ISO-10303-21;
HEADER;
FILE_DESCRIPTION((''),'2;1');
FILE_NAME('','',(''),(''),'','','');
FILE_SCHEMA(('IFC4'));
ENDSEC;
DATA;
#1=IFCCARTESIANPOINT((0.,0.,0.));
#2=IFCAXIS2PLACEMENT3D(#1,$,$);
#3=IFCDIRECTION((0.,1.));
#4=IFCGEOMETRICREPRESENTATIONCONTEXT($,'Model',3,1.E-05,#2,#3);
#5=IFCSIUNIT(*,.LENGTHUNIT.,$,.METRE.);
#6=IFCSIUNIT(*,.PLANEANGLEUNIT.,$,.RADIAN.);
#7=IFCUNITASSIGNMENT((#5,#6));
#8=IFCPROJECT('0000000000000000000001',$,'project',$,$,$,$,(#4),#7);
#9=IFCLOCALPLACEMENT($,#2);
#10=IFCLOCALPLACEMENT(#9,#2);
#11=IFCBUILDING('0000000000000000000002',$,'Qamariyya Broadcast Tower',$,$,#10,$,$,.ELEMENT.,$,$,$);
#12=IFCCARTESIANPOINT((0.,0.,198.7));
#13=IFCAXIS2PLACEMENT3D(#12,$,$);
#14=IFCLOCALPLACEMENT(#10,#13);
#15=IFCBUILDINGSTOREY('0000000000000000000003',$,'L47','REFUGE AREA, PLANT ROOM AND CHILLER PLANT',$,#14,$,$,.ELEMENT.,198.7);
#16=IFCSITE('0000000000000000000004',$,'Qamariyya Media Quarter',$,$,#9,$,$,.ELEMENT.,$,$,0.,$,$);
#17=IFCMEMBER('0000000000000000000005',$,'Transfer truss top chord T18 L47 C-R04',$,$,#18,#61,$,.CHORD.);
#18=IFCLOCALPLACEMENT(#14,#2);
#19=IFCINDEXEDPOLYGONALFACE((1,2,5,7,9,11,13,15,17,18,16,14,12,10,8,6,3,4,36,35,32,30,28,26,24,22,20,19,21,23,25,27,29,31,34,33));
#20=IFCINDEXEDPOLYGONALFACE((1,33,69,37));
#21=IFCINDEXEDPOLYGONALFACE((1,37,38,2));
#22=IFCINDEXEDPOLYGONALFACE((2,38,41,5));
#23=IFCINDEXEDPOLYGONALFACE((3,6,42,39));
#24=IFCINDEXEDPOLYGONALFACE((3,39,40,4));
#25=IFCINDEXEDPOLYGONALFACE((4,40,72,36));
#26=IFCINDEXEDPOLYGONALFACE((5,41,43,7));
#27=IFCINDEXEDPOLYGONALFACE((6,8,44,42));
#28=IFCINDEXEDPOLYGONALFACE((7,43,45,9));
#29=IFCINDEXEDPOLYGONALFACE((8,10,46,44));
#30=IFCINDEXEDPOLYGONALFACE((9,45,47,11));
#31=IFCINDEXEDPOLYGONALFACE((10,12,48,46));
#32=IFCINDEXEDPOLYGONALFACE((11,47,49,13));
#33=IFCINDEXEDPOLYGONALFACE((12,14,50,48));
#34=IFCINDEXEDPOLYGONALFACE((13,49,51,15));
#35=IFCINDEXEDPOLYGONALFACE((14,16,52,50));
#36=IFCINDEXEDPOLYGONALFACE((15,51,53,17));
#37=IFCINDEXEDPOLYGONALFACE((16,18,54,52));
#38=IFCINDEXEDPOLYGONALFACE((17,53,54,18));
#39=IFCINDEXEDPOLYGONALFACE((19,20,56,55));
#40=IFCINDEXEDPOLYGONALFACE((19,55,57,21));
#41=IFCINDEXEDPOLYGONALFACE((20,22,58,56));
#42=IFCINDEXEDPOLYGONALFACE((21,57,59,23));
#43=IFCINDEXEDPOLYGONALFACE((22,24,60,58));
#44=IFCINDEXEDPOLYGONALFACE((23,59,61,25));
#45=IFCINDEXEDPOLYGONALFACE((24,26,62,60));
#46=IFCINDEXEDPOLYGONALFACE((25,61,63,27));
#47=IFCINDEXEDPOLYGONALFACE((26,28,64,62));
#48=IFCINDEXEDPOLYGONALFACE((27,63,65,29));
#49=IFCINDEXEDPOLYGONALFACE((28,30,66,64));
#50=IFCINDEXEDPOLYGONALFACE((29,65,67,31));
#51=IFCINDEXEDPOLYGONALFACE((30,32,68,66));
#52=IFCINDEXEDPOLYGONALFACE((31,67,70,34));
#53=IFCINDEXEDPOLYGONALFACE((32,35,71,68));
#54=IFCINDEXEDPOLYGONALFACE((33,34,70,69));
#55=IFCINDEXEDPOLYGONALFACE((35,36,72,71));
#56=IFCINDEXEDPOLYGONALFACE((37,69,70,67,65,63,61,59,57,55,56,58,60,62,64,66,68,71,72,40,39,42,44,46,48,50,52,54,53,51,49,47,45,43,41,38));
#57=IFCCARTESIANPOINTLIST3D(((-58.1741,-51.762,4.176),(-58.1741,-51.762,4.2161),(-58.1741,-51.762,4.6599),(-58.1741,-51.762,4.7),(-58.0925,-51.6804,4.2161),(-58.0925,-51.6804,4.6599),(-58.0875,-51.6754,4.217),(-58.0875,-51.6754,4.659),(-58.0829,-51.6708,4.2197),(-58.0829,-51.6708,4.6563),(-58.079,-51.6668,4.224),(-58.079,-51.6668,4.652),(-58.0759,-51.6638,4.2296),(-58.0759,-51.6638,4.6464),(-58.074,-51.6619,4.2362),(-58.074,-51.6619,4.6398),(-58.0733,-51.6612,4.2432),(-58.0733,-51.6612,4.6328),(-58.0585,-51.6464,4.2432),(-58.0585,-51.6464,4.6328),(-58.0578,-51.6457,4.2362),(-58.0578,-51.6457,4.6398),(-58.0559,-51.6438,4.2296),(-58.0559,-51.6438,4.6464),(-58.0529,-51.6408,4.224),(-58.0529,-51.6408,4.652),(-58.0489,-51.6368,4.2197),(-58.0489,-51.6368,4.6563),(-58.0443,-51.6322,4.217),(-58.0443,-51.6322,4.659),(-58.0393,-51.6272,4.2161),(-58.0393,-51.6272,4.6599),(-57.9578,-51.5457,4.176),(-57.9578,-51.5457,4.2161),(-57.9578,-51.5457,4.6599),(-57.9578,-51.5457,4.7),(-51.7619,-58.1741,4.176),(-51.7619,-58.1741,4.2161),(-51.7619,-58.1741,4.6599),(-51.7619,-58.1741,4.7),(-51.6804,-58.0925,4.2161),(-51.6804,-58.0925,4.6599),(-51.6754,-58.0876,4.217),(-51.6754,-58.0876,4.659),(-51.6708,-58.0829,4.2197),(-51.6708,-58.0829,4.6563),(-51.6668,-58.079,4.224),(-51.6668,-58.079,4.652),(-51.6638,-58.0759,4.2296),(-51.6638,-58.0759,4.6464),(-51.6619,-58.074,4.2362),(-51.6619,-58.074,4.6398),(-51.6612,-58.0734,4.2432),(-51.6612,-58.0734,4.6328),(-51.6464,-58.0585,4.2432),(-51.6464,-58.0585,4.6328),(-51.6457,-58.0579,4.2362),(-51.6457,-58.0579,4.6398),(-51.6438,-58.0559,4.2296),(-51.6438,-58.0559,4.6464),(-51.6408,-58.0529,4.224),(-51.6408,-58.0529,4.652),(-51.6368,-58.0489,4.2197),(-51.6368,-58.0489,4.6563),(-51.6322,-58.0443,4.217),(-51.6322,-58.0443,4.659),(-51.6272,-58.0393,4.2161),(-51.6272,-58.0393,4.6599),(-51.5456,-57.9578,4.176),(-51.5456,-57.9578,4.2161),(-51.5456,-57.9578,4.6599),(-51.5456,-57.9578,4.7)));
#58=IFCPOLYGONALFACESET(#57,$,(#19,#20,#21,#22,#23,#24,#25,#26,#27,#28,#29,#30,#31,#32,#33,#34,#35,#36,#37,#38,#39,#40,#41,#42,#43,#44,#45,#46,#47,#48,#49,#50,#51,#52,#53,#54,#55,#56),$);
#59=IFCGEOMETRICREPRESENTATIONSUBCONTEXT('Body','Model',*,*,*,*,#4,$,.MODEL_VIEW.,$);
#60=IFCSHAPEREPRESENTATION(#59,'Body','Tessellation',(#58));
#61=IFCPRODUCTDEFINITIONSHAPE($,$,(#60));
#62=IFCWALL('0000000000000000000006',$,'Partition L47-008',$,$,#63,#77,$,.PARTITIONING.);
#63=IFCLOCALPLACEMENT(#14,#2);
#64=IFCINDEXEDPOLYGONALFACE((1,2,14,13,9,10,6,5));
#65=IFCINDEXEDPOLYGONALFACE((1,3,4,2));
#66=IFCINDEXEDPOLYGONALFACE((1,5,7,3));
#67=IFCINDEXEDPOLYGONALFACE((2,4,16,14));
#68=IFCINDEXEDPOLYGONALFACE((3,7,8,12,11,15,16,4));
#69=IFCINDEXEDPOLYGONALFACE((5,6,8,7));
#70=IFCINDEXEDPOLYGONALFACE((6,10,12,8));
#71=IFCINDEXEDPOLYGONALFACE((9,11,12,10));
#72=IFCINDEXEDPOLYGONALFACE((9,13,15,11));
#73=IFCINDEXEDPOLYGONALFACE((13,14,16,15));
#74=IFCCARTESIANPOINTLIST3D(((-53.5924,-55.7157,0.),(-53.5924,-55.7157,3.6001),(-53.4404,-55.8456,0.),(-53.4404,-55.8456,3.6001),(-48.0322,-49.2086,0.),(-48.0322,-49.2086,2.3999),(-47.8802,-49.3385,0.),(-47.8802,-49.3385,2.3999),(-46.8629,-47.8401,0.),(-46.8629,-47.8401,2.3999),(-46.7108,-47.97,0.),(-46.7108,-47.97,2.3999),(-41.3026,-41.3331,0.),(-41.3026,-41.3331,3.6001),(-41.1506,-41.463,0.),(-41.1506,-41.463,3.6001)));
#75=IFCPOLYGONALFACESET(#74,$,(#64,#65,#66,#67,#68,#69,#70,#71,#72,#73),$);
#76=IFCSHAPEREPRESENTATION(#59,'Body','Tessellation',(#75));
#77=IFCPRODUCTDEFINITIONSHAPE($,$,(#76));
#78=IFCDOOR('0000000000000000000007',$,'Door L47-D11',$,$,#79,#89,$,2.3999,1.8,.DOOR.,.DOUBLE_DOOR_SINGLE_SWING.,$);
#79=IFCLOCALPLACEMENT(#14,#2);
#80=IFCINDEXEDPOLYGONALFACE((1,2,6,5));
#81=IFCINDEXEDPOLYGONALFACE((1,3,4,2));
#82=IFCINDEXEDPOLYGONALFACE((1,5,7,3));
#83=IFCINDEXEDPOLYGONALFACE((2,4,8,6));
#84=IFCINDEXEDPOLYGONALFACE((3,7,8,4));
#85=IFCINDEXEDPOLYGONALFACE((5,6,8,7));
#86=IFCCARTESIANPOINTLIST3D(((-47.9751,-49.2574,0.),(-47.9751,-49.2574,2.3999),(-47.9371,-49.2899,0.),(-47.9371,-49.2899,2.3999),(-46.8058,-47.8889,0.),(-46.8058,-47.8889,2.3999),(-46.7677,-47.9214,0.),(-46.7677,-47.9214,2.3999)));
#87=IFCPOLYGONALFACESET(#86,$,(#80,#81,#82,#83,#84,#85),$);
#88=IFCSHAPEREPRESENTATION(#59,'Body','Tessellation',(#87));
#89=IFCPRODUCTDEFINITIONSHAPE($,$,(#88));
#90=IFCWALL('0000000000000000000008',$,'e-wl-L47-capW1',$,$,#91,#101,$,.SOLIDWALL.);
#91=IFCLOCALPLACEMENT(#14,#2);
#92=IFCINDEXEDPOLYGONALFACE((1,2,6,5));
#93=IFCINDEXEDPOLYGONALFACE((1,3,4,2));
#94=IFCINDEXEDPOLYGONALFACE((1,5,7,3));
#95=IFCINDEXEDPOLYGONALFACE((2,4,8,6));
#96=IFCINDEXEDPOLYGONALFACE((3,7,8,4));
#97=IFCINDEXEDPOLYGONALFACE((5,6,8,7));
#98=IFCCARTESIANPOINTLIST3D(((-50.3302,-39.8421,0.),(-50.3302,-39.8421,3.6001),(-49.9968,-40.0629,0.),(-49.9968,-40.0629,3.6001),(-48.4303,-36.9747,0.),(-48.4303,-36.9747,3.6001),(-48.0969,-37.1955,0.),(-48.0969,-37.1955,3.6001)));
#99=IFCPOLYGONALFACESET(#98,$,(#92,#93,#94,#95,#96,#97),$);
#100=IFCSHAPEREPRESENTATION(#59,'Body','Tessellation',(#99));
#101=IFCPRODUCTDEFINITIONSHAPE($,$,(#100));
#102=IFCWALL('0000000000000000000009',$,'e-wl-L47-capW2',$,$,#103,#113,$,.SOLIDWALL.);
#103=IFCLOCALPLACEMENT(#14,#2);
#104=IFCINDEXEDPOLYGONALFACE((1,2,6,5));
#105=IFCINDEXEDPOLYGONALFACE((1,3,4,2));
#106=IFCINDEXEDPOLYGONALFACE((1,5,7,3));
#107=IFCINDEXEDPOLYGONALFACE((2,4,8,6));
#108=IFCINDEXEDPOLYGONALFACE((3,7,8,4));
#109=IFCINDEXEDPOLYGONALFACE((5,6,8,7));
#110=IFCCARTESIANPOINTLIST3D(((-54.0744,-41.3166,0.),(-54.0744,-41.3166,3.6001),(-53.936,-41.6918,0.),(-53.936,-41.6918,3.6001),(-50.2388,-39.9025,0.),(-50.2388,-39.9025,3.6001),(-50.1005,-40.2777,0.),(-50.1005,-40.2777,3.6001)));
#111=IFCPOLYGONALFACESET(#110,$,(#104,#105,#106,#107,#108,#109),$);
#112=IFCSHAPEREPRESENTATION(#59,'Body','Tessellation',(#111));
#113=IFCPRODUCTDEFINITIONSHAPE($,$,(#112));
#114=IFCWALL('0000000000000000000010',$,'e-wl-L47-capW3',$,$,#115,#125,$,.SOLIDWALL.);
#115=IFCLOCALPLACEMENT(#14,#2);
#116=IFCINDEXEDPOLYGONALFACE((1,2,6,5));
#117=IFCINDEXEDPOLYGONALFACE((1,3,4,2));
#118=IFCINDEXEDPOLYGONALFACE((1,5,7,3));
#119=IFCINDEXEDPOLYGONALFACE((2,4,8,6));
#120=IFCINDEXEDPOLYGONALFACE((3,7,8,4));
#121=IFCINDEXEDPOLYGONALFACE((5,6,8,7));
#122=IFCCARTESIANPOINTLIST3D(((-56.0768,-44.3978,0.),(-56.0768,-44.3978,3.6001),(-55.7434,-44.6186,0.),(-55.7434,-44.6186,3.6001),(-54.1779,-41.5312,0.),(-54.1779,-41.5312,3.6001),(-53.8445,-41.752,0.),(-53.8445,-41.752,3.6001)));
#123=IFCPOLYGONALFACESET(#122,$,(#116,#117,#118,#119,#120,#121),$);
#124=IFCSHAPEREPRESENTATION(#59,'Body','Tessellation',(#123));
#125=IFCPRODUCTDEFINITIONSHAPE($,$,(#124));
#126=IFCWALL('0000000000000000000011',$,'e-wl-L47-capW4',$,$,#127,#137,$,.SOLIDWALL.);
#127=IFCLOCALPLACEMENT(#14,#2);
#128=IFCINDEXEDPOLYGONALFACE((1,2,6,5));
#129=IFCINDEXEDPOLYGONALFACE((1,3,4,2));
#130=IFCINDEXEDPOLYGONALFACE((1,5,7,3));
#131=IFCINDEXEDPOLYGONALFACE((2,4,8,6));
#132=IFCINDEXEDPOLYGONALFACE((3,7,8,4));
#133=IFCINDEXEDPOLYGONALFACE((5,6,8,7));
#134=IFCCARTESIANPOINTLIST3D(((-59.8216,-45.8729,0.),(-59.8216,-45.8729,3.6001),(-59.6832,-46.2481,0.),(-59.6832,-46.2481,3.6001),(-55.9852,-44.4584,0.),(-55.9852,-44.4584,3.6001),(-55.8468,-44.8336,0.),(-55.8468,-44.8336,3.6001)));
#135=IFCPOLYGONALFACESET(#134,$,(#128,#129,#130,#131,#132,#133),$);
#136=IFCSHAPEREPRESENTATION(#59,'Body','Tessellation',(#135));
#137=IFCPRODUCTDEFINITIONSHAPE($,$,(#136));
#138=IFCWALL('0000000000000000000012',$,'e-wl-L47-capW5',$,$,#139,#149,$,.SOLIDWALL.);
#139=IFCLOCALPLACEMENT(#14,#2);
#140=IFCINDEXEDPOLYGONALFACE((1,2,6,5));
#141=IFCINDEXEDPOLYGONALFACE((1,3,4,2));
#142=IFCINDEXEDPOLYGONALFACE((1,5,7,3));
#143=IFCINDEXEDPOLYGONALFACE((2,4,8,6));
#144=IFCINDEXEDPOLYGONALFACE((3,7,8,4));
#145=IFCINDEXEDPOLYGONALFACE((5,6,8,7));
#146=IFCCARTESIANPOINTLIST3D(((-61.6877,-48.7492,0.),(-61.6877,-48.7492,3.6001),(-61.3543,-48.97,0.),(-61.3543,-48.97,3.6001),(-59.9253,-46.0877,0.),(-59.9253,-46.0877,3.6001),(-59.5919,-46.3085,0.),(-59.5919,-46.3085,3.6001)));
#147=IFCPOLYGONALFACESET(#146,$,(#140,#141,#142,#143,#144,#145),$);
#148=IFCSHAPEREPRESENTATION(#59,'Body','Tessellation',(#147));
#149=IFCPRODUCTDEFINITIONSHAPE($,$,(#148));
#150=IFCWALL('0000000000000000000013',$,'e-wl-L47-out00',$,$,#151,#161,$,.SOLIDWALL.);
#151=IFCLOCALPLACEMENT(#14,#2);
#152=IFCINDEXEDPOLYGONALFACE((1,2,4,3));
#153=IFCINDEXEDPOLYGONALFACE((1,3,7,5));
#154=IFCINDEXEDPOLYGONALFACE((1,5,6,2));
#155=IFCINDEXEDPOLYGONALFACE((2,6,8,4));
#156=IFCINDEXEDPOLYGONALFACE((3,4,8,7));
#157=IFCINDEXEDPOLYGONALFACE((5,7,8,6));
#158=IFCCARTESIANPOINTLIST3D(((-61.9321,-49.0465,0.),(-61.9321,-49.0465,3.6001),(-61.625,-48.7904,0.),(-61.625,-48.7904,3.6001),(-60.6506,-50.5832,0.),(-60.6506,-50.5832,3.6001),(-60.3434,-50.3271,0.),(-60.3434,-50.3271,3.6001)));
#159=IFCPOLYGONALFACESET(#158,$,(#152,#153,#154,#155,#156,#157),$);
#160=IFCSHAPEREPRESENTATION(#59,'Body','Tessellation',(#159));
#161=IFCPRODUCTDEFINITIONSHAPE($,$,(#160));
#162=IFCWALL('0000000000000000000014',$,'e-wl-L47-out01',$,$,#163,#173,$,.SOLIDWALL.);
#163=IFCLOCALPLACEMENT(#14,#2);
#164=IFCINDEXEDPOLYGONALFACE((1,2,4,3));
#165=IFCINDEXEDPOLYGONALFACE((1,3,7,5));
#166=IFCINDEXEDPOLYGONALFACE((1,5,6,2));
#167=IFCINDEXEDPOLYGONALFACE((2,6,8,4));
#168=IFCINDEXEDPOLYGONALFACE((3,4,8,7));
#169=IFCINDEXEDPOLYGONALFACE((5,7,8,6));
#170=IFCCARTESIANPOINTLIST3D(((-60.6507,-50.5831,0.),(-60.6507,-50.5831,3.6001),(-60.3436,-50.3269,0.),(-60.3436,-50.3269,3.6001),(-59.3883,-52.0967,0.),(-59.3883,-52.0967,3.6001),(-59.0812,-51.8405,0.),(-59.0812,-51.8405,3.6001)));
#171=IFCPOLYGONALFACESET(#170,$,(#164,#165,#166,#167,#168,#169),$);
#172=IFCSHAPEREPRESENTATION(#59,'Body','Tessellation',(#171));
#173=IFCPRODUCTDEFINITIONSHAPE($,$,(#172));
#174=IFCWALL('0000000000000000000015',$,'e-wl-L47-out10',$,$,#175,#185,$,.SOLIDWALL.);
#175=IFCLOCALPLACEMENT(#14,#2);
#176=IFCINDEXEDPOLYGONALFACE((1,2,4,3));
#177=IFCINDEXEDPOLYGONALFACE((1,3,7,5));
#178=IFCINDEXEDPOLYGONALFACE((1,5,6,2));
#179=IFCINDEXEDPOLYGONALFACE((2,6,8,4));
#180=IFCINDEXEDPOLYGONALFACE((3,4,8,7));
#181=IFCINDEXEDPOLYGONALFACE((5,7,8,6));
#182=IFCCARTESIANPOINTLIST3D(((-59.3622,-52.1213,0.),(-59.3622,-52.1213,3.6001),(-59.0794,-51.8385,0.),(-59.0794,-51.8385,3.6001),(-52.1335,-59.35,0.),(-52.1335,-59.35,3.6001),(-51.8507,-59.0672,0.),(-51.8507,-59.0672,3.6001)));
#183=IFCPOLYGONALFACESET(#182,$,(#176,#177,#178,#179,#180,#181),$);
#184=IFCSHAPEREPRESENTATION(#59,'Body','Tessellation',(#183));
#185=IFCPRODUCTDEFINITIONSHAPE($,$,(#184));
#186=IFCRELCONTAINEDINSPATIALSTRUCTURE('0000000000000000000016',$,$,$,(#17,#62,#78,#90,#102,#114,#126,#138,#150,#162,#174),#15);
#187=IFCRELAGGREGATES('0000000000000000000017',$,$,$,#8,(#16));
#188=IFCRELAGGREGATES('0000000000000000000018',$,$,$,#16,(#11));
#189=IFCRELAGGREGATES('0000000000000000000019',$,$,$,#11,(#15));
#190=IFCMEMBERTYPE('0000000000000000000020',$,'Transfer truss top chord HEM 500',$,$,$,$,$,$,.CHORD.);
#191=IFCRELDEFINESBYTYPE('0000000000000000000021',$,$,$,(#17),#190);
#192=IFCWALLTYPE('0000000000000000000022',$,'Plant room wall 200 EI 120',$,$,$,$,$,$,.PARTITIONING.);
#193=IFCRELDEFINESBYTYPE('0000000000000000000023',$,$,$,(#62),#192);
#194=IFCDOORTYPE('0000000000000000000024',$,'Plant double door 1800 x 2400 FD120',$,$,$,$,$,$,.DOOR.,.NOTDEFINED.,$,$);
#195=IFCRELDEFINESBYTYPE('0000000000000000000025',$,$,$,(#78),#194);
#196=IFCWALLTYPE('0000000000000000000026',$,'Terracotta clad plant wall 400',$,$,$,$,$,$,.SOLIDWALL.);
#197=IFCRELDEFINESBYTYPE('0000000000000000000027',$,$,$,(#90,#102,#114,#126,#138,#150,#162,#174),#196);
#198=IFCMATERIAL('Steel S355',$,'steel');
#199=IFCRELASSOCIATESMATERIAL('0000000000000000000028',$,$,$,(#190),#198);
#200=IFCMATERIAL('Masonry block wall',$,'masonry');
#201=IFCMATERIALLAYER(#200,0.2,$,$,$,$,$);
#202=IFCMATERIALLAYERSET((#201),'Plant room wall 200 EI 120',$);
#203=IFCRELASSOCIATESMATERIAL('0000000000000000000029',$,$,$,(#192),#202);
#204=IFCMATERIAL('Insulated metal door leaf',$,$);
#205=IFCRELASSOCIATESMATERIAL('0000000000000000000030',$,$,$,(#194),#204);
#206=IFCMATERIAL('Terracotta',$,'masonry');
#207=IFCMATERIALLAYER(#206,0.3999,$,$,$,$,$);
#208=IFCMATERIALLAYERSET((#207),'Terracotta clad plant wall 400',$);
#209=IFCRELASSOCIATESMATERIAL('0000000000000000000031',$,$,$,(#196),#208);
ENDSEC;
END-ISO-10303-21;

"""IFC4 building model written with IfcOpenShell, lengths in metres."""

from ifc_helpers import new_model, si_unit, direction, frame, frame_2d, origin, origin_2d, place, context, subcontext, project, spatial, rectangle, i_section, extrude, material, layer, layer_set, material_profile, profile_set, type_object, element, fill, save


model = new_model("IFC4")

# Units and contexts
model_context = context("Model", 3, precision=1e-05, world=origin(), true_north=direction((0.0, 1.0)))
body_context = subcontext(model_context, "Body", "Model", "MODEL_VIEW")
ifc_project = project(units=[si_unit("LENGTHUNIT", "METRE"), si_unit("PLANEANGLEUNIT", "RADIAN")], contexts=[model_context])

# Site, building, storey
site_placement = place(None, origin())
site = spatial("IfcSite", under=ifc_project, at=site_placement, Name="Qamariyya Media Quarter", CompositionType="ELEMENT", RefElevation=0.0)
building_placement = place(site_placement, origin())
building = spatial("IfcBuilding", under=site, at=building_placement, Name="Qamariyya Broadcast Tower", CompositionType="ELEMENT")
storey_placement = place(building_placement, frame((0.0, 0.0, 198.7)))
storey = spatial("IfcBuildingStorey", under=building, at=storey_placement, Name="L47", Description="REFUGE AREA, PLANT ROOM AND CHILLER PLANT", CompositionType="ELEMENT", Elevation=198.7)

# Member
ifc_material_1 = material(Name="Steel S355", Category="steel")
ifc_material_profile_1 = material_profile(ifc_material_1, i_section(OverallWidth=0.3059, OverallDepth=0.5239, WebThickness=0.021, FlangeThickness=0.04, FilletRadius=0.0271, at=origin_2d()))
ifc_profile_set_1 = profile_set([ifc_material_profile_1], Name="Steel S355")
member_type_1 = type_object("IfcMemberType", Name="Transfer truss top chord HEM 500", PredefinedType="CHORD", material=ifc_profile_set_1)
member_1_placement = place(storey_placement, frame((-58.0659, -51.6538, 4.438), z_axis=(0.707107, -0.707107, 0.0), x_axis=(0.707107, 0.707107, 0.0)))
element("IfcMember", 1, at=member_1_placement, inside=storey, type_object=member_type_1, Name="Transfer truss top chord T18 L47 C-R04", PredefinedType="CHORD", context=body_context, shape_type="SweptSolid", body=[
    extrude(i_section(OverallWidth=0.3059, OverallDepth=0.5239, WebThickness=0.021, FlangeThickness=0.04, FilletRadius=0.0271, at=origin_2d()), origin(), (0.0, 0.0, 1.0), 9.0681),
])

# Wall, opening, door
ifc_material_2 = material(Name="Masonry block wall", Category="masonry")
ifc_layer_1 = layer(ifc_material_2, 0.2)
ifc_layer_set_1 = layer_set([ifc_layer_1], Name="Plant room wall 200 EI 120")
wall_type_1 = type_object("IfcWallType", Name="Plant room wall 200 EI 120", PredefinedType="PARTITIONING", material=ifc_layer_set_1)
wall_1_placement = place(storey_placement, frame((-53.5164, -55.7805, 0.0), z_axis=(0.0, 0.0, 1.0), x_axis=(0.649629, 0.760251, 0.0)))
wall_1 = element("IfcWall", 2, at=wall_1_placement, inside=storey, type_object=wall_type_1, Name="Partition L47-008", PredefinedType="PARTITIONING", context=body_context, shape_type="SweptSolid", body=[
    extrude(rectangle(XDim=18.9182, YDim=0.2, at=frame_2d((9.459, 0.0))), origin(), (0.0, 0.0, 1.0), 3.6001),
])
opening_placement = place(wall_1_placement, frame((8.5591, 0.0, 0.0)))
opening = element("IfcOpeningElement", 3, at=opening_placement, cuts=wall_1, PredefinedType="OPENING", context=body_context, shape_type="SweptSolid", body=[
    extrude(rectangle(XDim=1.8, YDim=2.3999, at=frame_2d((0.8999, 1.2))), frame((0.0, 0.1099, 0.0), z_axis=(0.0, -1.0, 0.0), x_axis=(1.0, 0.0, 0.0)), (0.0, 0.0, 1.0), 0.22),
])
ifc_material_3 = material(Name="Insulated metal door leaf")
door_type = type_object("IfcDoorType", Name="Plant double door 1800 x 2400 FD120", OperationType="NOTDEFINED", PredefinedType="DOOR", material=ifc_material_3)
door_placement = place(opening_placement, origin())
door = element("IfcDoor", 4, at=door_placement, inside=storey, type_object=door_type, Name="Door L47-D11", OperationType="DOUBLE_DOOR_SINGLE_SWING", OverallHeight=2.3999, OverallWidth=1.8, PredefinedType="DOOR", context=body_context, shape_type="SweptSolid", body=[
    extrude(rectangle(XDim=1.8, YDim=2.3999, at=frame_2d((0.8999, 1.2))), frame((0.0, 0.0249, 0.0), z_axis=(0.0, -1.0, 0.0), x_axis=(1.0, 0.0, 0.0)), (0.0, 0.0, 1.0), 0.05),
])
fill(opening, door)

# Walls
ifc_material_4 = material(Name="Terracotta", Category="masonry")
ifc_layer_2 = layer(ifc_material_4, 0.3999)
ifc_layer_set_2 = layer_set([ifc_layer_2], Name="Terracotta clad plant wall 400")
wall_type_2 = type_object("IfcWallType", Name="Terracotta clad plant wall 400", PredefinedType="SOLIDWALL", material=ifc_layer_set_2)
wall_2_placement = place(storey_placement, frame((-48.2637, -37.0852, 0.0), z_axis=(0.0, 0.0, 1.0), x_axis=(-0.552339, -0.833619, 0.0)))
element("IfcWall", 5, at=wall_2_placement, inside=storey, type_object=wall_type_2, Name="e-wl-L47-capW1", PredefinedType="SOLIDWALL", context=body_context, shape_type="SweptSolid", body=[
    extrude(rectangle(XDim=3.4397, YDim=0.3999, at=frame_2d((1.7197, 0.0))), origin(), (0.0, 0.0, 1.0), 3.6001),
])
wall_3_placement = place(storey_placement, frame((-50.1697, -40.0901, 0.0), z_axis=(0.0, 0.0, 1.0), x_axis=(-0.938264, -0.345921, 0.0)))
element("IfcWall", 6, at=wall_3_placement, inside=storey, type_object=wall_type_2, Name="e-wl-L47-capW2", PredefinedType="SOLIDWALL", context=body_context, shape_type="SweptSolid", body=[
    extrude(rectangle(XDim=4.0879, YDim=0.3999, at=frame_2d((2.0439, 0.0))), origin(), (0.0, 0.0, 1.0), 3.6001),
])
wall_4_placement = place(storey_placement, frame((-54.0112, -41.6416, 0.0), z_axis=(0.0, 0.0, 1.0), x_axis=(-0.55224, -0.833685, 0.0)))
element("IfcWall", 7, at=wall_4_placement, inside=storey, type_object=wall_type_2, Name="e-wl-L47-capW3", PredefinedType="SOLIDWALL", context=body_context, shape_type="SweptSolid", body=[
    extrude(rectangle(XDim=3.4385, YDim=0.3999, at=frame_2d((1.7192, 0.0))), origin(), (0.0, 0.0, 1.0), 3.6001),
])
wall_5_placement = place(storey_placement, frame((-55.916, -44.646, 0.0), z_axis=(0.0, 0.0, 1.0), x_axis=(-0.938253, -0.345949, 0.0)))
element("IfcWall", 8, at=wall_5_placement, inside=storey, type_object=wall_type_2, Name="e-wl-L47-capW4", PredefinedType="SOLIDWALL", context=body_context, shape_type="SweptSolid", body=[
    extrude(rectangle(XDim=4.0889, YDim=0.3999, at=frame_2d((2.0444, 0.0))), origin(), (0.0, 0.0, 1.0), 3.6001),
])
wall_6_placement = place(storey_placement, frame((-59.7585, -46.198, 0.0), z_axis=(0.0, 0.0, 1.0), x_axis=(-0.552103, -0.833776, 0.0)))
element("IfcWall", 9, at=wall_6_placement, inside=storey, type_object=wall_type_2, Name="e-wl-L47-capW5", PredefinedType="SOLIDWALL", context=body_context, shape_type="SweptSolid", body=[
    extrude(rectangle(XDim=3.1921, YDim=0.3999, at=frame_2d((1.5962, 0.0))), origin(), (0.0, 0.0, 1.0), 3.6001),
])
wall_7_placement = place(storey_placement, frame((-61.7786, -48.9185, 0.0), z_axis=(0.0, 0.0, 1.0), x_axis=(0.640472, -0.767981, 0.0)))
element("IfcWall", 10, at=wall_7_placement, inside=storey, type_object=wall_type_2, Name="e-wl-L47-out00", PredefinedType="SOLIDWALL", context=body_context, shape_type="SweptSolid", body=[
    extrude(rectangle(XDim=2.001, YDim=0.3999, at=frame_2d((1.0005, 0.0))), origin(), (0.0, 0.0, 1.0), 3.6001),
])
wall_8_placement = place(storey_placement, frame((-60.4971, -50.4551, 0.0), z_axis=(0.0, 0.0, 1.0), x_axis=(0.640501, -0.767957, 0.0)))
element("IfcWall", 11, at=wall_8_placement, inside=storey, type_object=wall_type_2, Name="e-wl-L47-out01", PredefinedType="SOLIDWALL", context=body_context, shape_type="SweptSolid", body=[
    extrude(rectangle(XDim=1.9709, YDim=0.3999, at=frame_2d((0.9854, 0.0))), origin(), (0.0, 0.0, 1.0), 3.6001),
])
wall_9_placement = place(storey_placement, frame((-59.2207, -51.98, 0.0), z_axis=(0.0, 0.0, 1.0), x_axis=(0.707107, -0.707107, 0.0)))
element("IfcWall", 12, at=wall_9_placement, inside=storey, type_object=wall_type_2, Name="e-wl-L47-out10", PredefinedType="SOLIDWALL", context=body_context, shape_type="SweptSolid", body=[
    extrude(rectangle(XDim=10.2229, YDim=0.3999, at=frame_2d((5.1113, 0.0))), origin(), (0.0, 0.0, 1.0), 3.6001),
])

save(model, "model.ifc")
